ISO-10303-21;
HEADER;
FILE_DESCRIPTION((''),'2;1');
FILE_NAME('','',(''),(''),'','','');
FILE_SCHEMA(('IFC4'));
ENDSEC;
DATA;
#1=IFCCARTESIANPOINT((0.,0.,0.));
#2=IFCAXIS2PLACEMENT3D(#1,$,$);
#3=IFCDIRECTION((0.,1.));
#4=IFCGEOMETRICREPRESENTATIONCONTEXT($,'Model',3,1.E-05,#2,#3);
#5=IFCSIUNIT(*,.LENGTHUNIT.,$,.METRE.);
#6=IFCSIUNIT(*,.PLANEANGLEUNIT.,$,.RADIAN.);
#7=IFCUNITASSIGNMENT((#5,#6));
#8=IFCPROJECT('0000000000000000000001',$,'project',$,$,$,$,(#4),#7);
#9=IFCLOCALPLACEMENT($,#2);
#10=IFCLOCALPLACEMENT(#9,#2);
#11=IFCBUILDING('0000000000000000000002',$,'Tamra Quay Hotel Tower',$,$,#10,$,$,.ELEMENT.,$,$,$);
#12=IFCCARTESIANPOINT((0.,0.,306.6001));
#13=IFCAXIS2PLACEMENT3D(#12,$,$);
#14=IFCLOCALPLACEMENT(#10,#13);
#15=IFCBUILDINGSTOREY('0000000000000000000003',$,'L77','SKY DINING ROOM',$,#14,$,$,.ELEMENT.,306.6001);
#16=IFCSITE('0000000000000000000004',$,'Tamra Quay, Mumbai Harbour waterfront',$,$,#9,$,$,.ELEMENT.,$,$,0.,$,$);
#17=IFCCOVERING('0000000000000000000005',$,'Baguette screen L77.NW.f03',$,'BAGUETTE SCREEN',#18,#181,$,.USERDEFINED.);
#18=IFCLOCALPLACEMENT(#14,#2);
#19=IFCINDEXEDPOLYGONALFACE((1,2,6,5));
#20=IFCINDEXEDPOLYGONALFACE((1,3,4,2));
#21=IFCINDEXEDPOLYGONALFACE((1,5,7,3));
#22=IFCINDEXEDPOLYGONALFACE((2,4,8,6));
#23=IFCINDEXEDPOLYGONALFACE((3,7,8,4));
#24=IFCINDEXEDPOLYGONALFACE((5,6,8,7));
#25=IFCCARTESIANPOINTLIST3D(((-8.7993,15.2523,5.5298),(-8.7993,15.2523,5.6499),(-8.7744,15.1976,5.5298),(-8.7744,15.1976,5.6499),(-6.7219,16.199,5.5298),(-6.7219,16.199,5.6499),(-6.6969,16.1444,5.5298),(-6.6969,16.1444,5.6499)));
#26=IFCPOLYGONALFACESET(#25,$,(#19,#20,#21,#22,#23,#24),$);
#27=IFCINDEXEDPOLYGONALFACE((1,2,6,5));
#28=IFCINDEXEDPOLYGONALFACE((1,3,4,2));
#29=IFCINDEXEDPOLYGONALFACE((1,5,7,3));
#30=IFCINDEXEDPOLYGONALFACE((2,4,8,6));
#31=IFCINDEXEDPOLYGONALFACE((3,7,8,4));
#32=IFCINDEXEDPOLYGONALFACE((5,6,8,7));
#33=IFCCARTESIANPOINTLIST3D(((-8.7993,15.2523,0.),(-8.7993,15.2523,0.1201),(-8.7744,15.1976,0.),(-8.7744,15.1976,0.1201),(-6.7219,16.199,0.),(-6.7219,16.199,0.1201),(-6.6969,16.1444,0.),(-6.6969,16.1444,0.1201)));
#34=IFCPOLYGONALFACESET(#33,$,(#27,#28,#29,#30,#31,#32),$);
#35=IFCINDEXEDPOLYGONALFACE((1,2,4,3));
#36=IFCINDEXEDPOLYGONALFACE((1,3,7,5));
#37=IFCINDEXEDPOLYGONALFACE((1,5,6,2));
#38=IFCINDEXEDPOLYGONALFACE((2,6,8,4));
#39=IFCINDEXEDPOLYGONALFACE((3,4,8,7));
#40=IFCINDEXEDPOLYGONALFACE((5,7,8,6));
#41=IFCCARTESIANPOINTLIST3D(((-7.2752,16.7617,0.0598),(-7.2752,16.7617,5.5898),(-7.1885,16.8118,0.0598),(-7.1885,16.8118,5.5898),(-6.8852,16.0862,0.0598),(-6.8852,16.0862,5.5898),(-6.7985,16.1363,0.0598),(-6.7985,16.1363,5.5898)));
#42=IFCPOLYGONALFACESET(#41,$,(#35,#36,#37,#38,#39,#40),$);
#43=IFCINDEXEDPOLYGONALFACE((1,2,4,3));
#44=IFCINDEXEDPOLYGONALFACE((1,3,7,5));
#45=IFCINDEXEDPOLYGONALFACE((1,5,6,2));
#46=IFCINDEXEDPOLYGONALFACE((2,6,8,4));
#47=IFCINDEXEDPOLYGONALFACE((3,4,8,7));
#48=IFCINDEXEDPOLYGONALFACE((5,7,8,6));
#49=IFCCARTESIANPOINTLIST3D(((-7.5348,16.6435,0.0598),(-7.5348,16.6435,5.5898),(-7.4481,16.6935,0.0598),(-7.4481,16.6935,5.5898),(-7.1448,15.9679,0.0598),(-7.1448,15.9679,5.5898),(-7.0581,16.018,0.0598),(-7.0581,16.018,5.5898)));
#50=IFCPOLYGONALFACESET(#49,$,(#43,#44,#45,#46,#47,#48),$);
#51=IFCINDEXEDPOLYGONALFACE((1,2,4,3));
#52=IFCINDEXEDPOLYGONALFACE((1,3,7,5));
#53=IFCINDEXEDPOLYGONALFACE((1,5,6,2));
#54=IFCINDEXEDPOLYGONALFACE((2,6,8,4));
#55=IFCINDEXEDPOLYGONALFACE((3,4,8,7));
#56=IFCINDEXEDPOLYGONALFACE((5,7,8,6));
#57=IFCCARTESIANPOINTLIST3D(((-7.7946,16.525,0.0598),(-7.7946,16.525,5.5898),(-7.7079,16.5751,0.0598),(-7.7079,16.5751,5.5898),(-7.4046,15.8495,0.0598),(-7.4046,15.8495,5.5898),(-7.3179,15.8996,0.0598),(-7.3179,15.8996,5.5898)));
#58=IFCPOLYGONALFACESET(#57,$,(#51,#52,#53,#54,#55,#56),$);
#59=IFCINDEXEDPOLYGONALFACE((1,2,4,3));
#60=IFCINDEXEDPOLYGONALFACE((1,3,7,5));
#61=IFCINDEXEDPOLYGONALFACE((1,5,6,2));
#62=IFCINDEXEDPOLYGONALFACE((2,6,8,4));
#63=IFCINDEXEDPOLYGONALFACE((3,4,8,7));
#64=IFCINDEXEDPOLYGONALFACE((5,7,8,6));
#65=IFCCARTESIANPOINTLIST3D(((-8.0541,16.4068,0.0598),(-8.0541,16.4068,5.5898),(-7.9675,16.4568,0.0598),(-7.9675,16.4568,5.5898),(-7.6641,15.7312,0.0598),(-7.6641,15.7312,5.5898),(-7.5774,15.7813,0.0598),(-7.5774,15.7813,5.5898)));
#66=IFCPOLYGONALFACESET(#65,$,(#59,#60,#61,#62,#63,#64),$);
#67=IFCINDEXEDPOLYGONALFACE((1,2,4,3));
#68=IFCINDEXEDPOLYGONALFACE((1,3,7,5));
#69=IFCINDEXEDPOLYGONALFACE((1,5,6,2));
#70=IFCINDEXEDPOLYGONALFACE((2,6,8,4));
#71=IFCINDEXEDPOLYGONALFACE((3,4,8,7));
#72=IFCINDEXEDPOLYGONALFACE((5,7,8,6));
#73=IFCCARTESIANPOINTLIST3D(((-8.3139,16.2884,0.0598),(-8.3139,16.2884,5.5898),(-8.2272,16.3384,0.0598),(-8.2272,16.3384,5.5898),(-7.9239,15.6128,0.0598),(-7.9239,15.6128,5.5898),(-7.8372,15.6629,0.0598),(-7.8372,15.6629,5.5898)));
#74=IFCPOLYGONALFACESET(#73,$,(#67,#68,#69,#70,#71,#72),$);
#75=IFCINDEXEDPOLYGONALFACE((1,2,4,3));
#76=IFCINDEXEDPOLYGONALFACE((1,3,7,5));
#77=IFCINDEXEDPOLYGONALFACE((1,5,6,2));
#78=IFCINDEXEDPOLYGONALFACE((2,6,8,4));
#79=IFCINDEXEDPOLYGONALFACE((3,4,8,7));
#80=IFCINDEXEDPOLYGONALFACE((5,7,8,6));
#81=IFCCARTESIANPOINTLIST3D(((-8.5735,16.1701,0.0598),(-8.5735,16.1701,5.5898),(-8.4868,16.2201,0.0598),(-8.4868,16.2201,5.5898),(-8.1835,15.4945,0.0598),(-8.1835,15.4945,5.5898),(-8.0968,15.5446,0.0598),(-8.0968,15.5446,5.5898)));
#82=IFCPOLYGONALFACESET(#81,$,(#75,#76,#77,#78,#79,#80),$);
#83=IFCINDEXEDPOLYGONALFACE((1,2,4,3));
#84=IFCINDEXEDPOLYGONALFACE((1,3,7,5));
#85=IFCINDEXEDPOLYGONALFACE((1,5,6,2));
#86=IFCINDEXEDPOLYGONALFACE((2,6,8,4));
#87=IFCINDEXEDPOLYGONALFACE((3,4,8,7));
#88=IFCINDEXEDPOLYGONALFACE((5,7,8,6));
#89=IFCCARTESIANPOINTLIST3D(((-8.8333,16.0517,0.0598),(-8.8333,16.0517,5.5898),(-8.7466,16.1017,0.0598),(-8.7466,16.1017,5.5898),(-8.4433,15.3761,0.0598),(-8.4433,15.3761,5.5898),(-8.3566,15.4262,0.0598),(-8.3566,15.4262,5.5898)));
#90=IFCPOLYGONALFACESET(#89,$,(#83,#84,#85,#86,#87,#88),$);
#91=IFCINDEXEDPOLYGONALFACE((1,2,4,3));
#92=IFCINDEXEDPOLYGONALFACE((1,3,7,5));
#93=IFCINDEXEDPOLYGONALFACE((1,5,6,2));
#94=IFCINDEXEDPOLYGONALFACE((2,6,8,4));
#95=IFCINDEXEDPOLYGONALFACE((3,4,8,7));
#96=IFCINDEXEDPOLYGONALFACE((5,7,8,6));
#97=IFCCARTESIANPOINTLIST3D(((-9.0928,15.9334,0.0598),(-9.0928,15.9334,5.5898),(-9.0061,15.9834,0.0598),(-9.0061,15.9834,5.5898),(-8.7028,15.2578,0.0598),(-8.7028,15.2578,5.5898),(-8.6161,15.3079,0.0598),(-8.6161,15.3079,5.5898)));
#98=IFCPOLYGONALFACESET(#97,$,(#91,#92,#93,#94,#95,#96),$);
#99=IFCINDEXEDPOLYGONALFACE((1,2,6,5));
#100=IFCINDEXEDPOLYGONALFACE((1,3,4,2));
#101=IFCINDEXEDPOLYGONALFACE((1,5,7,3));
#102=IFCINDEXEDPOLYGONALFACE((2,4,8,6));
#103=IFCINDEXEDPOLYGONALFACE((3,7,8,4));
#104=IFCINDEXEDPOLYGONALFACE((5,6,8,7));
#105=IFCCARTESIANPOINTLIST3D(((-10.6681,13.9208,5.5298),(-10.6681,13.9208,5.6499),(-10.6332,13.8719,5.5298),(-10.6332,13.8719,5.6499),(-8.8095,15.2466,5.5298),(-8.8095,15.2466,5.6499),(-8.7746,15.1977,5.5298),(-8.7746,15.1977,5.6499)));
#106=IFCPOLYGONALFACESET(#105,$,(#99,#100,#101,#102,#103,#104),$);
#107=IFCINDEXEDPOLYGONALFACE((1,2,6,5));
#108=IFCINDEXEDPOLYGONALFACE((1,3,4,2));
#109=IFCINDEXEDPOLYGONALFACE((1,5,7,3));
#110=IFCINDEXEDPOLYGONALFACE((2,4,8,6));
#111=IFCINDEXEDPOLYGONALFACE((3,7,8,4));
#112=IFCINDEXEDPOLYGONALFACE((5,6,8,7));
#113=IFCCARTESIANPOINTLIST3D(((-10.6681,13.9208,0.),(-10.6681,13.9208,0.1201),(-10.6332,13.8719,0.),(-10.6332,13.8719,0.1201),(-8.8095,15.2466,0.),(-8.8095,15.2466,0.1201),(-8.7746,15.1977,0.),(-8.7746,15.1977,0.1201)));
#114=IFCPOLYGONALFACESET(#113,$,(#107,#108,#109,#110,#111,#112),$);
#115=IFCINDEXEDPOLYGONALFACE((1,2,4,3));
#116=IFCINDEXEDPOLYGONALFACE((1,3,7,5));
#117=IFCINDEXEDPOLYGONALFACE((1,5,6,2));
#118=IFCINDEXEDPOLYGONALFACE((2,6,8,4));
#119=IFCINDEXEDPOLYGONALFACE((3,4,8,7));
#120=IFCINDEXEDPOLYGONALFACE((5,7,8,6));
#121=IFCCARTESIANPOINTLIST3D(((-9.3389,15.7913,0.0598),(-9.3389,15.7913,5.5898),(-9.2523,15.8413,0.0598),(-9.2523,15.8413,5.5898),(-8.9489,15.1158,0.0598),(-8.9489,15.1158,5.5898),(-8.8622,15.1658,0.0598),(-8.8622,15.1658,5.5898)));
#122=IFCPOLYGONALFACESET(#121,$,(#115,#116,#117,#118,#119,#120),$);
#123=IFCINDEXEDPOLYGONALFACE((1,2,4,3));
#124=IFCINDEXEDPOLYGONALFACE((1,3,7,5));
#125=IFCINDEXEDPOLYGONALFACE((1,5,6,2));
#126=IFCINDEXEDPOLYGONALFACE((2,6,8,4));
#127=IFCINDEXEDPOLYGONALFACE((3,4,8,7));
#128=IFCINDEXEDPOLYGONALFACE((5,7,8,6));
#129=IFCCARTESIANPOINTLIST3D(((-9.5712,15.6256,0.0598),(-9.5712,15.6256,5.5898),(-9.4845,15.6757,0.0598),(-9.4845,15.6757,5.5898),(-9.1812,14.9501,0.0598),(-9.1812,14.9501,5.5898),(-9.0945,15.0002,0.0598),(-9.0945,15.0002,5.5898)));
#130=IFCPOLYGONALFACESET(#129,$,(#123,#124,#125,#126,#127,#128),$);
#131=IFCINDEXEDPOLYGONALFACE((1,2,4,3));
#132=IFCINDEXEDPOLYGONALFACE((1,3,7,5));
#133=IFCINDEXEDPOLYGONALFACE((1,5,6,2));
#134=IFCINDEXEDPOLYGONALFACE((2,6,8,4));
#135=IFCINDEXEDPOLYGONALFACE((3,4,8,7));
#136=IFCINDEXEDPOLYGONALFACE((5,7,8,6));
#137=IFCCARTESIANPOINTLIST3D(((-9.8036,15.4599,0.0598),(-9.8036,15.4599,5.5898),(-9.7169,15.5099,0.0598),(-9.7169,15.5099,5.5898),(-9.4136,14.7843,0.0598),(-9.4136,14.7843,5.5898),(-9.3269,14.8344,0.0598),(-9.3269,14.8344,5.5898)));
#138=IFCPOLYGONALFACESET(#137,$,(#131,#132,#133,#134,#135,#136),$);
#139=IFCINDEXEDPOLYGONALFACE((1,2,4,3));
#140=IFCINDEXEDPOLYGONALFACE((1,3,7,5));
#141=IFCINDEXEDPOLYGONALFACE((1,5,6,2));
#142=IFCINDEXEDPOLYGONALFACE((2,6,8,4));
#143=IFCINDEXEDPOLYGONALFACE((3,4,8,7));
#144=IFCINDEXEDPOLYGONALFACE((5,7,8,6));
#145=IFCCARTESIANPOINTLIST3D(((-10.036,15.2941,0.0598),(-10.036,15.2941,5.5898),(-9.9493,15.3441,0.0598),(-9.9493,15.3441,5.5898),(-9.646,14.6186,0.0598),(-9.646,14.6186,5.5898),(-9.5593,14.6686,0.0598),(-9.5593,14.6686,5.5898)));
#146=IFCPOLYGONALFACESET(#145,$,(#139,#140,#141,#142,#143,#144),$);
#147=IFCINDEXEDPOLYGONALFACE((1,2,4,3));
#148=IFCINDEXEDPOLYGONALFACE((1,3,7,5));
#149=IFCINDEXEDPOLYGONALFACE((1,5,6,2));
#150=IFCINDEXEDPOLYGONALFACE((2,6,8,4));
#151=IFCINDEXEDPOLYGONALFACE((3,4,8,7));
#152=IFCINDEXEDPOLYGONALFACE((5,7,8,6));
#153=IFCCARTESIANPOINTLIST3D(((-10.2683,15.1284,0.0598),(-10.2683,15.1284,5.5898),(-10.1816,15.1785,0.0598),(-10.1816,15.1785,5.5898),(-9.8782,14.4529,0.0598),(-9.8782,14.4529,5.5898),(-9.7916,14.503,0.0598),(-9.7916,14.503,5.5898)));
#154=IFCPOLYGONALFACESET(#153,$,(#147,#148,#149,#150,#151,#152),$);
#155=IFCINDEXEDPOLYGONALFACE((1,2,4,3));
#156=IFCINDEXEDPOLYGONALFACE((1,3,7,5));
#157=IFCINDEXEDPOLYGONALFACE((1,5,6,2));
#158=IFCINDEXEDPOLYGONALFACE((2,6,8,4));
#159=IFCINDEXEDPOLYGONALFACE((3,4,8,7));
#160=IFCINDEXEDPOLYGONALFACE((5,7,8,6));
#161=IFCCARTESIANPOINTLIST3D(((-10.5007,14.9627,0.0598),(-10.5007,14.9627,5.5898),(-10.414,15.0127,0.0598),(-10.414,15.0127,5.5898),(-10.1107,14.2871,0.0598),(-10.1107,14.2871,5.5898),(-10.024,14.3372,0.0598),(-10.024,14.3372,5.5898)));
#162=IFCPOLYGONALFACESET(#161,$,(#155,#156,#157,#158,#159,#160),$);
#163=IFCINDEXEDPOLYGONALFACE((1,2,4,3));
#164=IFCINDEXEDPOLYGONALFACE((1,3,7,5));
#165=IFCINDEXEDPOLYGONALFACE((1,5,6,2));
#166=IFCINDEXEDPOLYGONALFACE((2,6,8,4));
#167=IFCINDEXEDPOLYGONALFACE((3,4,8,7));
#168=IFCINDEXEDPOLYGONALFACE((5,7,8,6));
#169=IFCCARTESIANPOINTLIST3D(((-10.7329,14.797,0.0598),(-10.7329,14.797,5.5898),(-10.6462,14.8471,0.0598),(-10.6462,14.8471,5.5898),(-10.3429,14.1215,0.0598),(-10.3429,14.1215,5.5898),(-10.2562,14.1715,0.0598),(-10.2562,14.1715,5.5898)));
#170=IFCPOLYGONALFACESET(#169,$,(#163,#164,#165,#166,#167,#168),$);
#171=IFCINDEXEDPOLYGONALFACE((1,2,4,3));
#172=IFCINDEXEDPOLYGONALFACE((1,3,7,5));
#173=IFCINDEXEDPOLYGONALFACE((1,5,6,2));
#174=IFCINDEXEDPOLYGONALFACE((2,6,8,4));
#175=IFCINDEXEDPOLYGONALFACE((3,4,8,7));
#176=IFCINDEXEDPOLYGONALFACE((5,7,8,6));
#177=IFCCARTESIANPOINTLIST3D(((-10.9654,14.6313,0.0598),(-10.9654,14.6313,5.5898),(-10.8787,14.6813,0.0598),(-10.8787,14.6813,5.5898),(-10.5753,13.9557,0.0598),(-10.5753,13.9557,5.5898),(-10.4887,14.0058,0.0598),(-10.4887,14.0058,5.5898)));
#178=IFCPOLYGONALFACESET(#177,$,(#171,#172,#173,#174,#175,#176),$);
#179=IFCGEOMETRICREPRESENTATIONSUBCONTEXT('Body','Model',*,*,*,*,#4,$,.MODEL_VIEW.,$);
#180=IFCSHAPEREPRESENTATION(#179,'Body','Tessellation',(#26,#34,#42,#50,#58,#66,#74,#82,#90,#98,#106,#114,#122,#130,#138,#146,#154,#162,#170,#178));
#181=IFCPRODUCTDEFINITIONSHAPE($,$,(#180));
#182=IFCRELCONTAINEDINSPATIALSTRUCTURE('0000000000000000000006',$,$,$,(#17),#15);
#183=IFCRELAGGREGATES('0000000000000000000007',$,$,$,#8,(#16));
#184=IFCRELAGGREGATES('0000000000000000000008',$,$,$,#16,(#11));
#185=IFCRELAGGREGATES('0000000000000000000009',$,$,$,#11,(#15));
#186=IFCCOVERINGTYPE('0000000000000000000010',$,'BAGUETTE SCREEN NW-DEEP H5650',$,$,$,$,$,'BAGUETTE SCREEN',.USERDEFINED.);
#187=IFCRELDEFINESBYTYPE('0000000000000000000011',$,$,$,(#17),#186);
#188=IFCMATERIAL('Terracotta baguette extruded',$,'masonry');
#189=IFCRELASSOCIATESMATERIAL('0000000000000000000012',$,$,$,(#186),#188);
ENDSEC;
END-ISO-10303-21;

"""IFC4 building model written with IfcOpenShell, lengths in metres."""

from ifc_helpers import new_model, si_unit, direction, frame, frame_2d, origin, place, context, subcontext, project, spatial, rectangle, extrude, source, transform, mapped, material, type_object, element, save


model = new_model("IFC4")

# Units and contexts
model_context = context("Model", 3, precision=1e-05, world=origin(), true_north=direction((0.0, 1.0)))
body_context = subcontext(model_context, "Body", "Model", "MODEL_VIEW")
ifc_project = project(units=[si_unit("LENGTHUNIT", "METRE"), si_unit("PLANEANGLEUNIT", "RADIAN")], contexts=[model_context])

# Site, building, storey
site_placement = place(None, origin())
site = spatial("IfcSite", under=ifc_project, at=site_placement, Name="Tamra Quay, Mumbai Harbour waterfront", CompositionType="ELEMENT", RefElevation=0.0)
building_placement = place(site_placement, origin())
building = spatial("IfcBuilding", under=site, at=building_placement, Name="Tamra Quay Hotel Tower", CompositionType="ELEMENT")
storey_placement = place(building_placement, frame((0.0, 0.0, 306.6001)))
storey = spatial("IfcBuildingStorey", under=building, at=storey_placement, Name="L77", Description="SKY DINING ROOM", CompositionType="ELEMENT", Elevation=306.6001)

# Covering
ifc_material_1 = material(Name="Terracotta baguette extruded", Category="masonry")
covering_type_1 = type_object("IfcCoveringType", Name="BAGUETTE SCREEN NW-DEEP H5650", ElementType="BAGUETTE SCREEN", PredefinedType="USERDEFINED", material=ifc_material_1)
shared_shape_1 = source(origin(), body_context, "Body", "SweptSolid", [
    extrude(rectangle(XDim=2.283, YDim=0.0601, at=frame_2d((1.1416, 0.03))), frame((-2.2783, -0.0576, -0.1201), z_axis=(0.0, 0.0, 1.0), x_axis=(0.995396, -0.095846, 0.0)), (0.0, 0.0, 1.0), 0.1201),
    extrude(rectangle(XDim=2.283, YDim=0.0601, at=frame_2d((1.1416, 0.03))), frame((-2.2783, -0.0576, -5.6499), z_axis=(0.0, 0.0, 1.0), x_axis=(0.995396, -0.095846, 0.0)), (0.0, 0.0, 1.0), 0.1201),
    extrude(rectangle(XDim=0.1001, YDim=0.78, at=frame_2d((0.05, 0.3901))), frame((-2.1804, -0.8218, -5.5901)), (0.0, 0.0, 1.0), 5.53),
    extrude(rectangle(XDim=0.1001, YDim=0.78, at=frame_2d((0.05, 0.3901))), frame((-1.8965, -0.8491, -5.5901)), (0.0, 0.0, 1.0), 5.53),
    extrude(rectangle(XDim=0.1001, YDim=0.78, at=frame_2d((0.05, 0.3901))), frame((-1.6123, -0.8765, -5.5901)), (0.0, 0.0, 1.0), 5.53),
    extrude(rectangle(XDim=0.1001, YDim=0.78, at=frame_2d((0.05, 0.3901))), frame((-1.3284, -0.9038, -5.5901)), (0.0, 0.0, 1.0), 5.53),
    extrude(rectangle(XDim=0.1001, YDim=0.78, at=frame_2d((0.05, 0.3901))), frame((-1.0442, -0.9312, -5.5901)), (0.0, 0.0, 1.0), 5.53),
    extrude(rectangle(XDim=0.1001, YDim=0.78, at=frame_2d((0.05, 0.3901))), frame((-0.7603, -0.9585, -5.5901)), (0.0, 0.0, 1.0), 5.53),
    extrude(rectangle(XDim=0.1001, YDim=0.78, at=frame_2d((0.05, 0.3901))), frame((-0.4761, -0.9858, -5.5901)), (0.0, 0.0, 1.0), 5.53),
    extrude(rectangle(XDim=0.1001, YDim=0.78, at=frame_2d((0.05, 0.3901))), frame((-0.1921, -1.0132, -5.5901)), (0.0, 0.0, 1.0), 5.53),
    extrude(rectangle(XDim=2.283, YDim=0.0601, at=frame_2d((1.1416, 0.03))), frame((0.0059, -0.2766, -0.1201), z_axis=(0.0, 0.0, 1.0), x_axis=(0.995396, 0.095846, 0.0)), (0.0, 0.0, 1.0), 0.1201),
    extrude(rectangle(XDim=2.283, YDim=0.0601, at=frame_2d((1.1416, 0.03))), frame((0.0059, -0.2766, -5.6499), z_axis=(0.0, 0.0, 1.0), x_axis=(0.995396, 0.095846, 0.0)), (0.0, 0.0, 1.0), 0.1201),
    extrude(rectangle(XDim=0.1001, YDim=0.78, at=frame_2d((0.05, 0.3901))), frame((0.092, -1.0132, -5.5901)), (0.0, 0.0, 1.0), 5.53),
    extrude(rectangle(XDim=0.1001, YDim=0.78, at=frame_2d((0.05, 0.3901))), frame((0.376, -0.9858, -5.5901)), (0.0, 0.0, 1.0), 5.53),
    extrude(rectangle(XDim=0.1001, YDim=0.78, at=frame_2d((0.05, 0.3901))), frame((0.6602, -0.9585, -5.5901)), (0.0, 0.0, 1.0), 5.53),
    extrude(rectangle(XDim=0.1001, YDim=0.78, at=frame_2d((0.05, 0.3901))), frame((0.9443, -0.9312, -5.5901)), (0.0, 0.0, 1.0), 5.53),
    extrude(rectangle(XDim=0.1001, YDim=0.78, at=frame_2d((0.05, 0.3901))), frame((1.2283, -0.9038, -5.5901)), (0.0, 0.0, 1.0), 5.53),
    extrude(rectangle(XDim=0.1001, YDim=0.78, at=frame_2d((0.05, 0.3901))), frame((1.5125, -0.8765, -5.5901)), (0.0, 0.0, 1.0), 5.53),
    extrude(rectangle(XDim=0.1001, YDim=0.78, at=frame_2d((0.05, 0.3901))), frame((1.7964, -0.8491, -5.5901)), (0.0, 0.0, 1.0), 5.53),
    extrude(rectangle(XDim=0.1001, YDim=0.78, at=frame_2d((0.05, 0.3901))), frame((2.0806, -0.8218, -5.5901)), (0.0, 0.0, 1.0), 5.53),
])
for number, where, z_axis, x_axis, name in (
    (1, (-8.666, 15.01, 5.6499), (0.0, 0.0, 1.0), (-0.866025, -0.5, 0.0), "Baguette screen L77.NW.f03"),
):
    element("IfcCovering", number, at=place(storey_placement, frame(where, z_axis=z_axis, x_axis=x_axis)), inside=storey, type_object=covering_type_1, Name=name, ObjectType="BAGUETTE SCREEN", PredefinedType="USERDEFINED", context=body_context, shape_type="MappedRepresentation", body=[
        mapped(shared_shape_1, transform((0.0, 0.0, 0.0), scale=1.0)),
    ])

save(model, "model.ifc")
